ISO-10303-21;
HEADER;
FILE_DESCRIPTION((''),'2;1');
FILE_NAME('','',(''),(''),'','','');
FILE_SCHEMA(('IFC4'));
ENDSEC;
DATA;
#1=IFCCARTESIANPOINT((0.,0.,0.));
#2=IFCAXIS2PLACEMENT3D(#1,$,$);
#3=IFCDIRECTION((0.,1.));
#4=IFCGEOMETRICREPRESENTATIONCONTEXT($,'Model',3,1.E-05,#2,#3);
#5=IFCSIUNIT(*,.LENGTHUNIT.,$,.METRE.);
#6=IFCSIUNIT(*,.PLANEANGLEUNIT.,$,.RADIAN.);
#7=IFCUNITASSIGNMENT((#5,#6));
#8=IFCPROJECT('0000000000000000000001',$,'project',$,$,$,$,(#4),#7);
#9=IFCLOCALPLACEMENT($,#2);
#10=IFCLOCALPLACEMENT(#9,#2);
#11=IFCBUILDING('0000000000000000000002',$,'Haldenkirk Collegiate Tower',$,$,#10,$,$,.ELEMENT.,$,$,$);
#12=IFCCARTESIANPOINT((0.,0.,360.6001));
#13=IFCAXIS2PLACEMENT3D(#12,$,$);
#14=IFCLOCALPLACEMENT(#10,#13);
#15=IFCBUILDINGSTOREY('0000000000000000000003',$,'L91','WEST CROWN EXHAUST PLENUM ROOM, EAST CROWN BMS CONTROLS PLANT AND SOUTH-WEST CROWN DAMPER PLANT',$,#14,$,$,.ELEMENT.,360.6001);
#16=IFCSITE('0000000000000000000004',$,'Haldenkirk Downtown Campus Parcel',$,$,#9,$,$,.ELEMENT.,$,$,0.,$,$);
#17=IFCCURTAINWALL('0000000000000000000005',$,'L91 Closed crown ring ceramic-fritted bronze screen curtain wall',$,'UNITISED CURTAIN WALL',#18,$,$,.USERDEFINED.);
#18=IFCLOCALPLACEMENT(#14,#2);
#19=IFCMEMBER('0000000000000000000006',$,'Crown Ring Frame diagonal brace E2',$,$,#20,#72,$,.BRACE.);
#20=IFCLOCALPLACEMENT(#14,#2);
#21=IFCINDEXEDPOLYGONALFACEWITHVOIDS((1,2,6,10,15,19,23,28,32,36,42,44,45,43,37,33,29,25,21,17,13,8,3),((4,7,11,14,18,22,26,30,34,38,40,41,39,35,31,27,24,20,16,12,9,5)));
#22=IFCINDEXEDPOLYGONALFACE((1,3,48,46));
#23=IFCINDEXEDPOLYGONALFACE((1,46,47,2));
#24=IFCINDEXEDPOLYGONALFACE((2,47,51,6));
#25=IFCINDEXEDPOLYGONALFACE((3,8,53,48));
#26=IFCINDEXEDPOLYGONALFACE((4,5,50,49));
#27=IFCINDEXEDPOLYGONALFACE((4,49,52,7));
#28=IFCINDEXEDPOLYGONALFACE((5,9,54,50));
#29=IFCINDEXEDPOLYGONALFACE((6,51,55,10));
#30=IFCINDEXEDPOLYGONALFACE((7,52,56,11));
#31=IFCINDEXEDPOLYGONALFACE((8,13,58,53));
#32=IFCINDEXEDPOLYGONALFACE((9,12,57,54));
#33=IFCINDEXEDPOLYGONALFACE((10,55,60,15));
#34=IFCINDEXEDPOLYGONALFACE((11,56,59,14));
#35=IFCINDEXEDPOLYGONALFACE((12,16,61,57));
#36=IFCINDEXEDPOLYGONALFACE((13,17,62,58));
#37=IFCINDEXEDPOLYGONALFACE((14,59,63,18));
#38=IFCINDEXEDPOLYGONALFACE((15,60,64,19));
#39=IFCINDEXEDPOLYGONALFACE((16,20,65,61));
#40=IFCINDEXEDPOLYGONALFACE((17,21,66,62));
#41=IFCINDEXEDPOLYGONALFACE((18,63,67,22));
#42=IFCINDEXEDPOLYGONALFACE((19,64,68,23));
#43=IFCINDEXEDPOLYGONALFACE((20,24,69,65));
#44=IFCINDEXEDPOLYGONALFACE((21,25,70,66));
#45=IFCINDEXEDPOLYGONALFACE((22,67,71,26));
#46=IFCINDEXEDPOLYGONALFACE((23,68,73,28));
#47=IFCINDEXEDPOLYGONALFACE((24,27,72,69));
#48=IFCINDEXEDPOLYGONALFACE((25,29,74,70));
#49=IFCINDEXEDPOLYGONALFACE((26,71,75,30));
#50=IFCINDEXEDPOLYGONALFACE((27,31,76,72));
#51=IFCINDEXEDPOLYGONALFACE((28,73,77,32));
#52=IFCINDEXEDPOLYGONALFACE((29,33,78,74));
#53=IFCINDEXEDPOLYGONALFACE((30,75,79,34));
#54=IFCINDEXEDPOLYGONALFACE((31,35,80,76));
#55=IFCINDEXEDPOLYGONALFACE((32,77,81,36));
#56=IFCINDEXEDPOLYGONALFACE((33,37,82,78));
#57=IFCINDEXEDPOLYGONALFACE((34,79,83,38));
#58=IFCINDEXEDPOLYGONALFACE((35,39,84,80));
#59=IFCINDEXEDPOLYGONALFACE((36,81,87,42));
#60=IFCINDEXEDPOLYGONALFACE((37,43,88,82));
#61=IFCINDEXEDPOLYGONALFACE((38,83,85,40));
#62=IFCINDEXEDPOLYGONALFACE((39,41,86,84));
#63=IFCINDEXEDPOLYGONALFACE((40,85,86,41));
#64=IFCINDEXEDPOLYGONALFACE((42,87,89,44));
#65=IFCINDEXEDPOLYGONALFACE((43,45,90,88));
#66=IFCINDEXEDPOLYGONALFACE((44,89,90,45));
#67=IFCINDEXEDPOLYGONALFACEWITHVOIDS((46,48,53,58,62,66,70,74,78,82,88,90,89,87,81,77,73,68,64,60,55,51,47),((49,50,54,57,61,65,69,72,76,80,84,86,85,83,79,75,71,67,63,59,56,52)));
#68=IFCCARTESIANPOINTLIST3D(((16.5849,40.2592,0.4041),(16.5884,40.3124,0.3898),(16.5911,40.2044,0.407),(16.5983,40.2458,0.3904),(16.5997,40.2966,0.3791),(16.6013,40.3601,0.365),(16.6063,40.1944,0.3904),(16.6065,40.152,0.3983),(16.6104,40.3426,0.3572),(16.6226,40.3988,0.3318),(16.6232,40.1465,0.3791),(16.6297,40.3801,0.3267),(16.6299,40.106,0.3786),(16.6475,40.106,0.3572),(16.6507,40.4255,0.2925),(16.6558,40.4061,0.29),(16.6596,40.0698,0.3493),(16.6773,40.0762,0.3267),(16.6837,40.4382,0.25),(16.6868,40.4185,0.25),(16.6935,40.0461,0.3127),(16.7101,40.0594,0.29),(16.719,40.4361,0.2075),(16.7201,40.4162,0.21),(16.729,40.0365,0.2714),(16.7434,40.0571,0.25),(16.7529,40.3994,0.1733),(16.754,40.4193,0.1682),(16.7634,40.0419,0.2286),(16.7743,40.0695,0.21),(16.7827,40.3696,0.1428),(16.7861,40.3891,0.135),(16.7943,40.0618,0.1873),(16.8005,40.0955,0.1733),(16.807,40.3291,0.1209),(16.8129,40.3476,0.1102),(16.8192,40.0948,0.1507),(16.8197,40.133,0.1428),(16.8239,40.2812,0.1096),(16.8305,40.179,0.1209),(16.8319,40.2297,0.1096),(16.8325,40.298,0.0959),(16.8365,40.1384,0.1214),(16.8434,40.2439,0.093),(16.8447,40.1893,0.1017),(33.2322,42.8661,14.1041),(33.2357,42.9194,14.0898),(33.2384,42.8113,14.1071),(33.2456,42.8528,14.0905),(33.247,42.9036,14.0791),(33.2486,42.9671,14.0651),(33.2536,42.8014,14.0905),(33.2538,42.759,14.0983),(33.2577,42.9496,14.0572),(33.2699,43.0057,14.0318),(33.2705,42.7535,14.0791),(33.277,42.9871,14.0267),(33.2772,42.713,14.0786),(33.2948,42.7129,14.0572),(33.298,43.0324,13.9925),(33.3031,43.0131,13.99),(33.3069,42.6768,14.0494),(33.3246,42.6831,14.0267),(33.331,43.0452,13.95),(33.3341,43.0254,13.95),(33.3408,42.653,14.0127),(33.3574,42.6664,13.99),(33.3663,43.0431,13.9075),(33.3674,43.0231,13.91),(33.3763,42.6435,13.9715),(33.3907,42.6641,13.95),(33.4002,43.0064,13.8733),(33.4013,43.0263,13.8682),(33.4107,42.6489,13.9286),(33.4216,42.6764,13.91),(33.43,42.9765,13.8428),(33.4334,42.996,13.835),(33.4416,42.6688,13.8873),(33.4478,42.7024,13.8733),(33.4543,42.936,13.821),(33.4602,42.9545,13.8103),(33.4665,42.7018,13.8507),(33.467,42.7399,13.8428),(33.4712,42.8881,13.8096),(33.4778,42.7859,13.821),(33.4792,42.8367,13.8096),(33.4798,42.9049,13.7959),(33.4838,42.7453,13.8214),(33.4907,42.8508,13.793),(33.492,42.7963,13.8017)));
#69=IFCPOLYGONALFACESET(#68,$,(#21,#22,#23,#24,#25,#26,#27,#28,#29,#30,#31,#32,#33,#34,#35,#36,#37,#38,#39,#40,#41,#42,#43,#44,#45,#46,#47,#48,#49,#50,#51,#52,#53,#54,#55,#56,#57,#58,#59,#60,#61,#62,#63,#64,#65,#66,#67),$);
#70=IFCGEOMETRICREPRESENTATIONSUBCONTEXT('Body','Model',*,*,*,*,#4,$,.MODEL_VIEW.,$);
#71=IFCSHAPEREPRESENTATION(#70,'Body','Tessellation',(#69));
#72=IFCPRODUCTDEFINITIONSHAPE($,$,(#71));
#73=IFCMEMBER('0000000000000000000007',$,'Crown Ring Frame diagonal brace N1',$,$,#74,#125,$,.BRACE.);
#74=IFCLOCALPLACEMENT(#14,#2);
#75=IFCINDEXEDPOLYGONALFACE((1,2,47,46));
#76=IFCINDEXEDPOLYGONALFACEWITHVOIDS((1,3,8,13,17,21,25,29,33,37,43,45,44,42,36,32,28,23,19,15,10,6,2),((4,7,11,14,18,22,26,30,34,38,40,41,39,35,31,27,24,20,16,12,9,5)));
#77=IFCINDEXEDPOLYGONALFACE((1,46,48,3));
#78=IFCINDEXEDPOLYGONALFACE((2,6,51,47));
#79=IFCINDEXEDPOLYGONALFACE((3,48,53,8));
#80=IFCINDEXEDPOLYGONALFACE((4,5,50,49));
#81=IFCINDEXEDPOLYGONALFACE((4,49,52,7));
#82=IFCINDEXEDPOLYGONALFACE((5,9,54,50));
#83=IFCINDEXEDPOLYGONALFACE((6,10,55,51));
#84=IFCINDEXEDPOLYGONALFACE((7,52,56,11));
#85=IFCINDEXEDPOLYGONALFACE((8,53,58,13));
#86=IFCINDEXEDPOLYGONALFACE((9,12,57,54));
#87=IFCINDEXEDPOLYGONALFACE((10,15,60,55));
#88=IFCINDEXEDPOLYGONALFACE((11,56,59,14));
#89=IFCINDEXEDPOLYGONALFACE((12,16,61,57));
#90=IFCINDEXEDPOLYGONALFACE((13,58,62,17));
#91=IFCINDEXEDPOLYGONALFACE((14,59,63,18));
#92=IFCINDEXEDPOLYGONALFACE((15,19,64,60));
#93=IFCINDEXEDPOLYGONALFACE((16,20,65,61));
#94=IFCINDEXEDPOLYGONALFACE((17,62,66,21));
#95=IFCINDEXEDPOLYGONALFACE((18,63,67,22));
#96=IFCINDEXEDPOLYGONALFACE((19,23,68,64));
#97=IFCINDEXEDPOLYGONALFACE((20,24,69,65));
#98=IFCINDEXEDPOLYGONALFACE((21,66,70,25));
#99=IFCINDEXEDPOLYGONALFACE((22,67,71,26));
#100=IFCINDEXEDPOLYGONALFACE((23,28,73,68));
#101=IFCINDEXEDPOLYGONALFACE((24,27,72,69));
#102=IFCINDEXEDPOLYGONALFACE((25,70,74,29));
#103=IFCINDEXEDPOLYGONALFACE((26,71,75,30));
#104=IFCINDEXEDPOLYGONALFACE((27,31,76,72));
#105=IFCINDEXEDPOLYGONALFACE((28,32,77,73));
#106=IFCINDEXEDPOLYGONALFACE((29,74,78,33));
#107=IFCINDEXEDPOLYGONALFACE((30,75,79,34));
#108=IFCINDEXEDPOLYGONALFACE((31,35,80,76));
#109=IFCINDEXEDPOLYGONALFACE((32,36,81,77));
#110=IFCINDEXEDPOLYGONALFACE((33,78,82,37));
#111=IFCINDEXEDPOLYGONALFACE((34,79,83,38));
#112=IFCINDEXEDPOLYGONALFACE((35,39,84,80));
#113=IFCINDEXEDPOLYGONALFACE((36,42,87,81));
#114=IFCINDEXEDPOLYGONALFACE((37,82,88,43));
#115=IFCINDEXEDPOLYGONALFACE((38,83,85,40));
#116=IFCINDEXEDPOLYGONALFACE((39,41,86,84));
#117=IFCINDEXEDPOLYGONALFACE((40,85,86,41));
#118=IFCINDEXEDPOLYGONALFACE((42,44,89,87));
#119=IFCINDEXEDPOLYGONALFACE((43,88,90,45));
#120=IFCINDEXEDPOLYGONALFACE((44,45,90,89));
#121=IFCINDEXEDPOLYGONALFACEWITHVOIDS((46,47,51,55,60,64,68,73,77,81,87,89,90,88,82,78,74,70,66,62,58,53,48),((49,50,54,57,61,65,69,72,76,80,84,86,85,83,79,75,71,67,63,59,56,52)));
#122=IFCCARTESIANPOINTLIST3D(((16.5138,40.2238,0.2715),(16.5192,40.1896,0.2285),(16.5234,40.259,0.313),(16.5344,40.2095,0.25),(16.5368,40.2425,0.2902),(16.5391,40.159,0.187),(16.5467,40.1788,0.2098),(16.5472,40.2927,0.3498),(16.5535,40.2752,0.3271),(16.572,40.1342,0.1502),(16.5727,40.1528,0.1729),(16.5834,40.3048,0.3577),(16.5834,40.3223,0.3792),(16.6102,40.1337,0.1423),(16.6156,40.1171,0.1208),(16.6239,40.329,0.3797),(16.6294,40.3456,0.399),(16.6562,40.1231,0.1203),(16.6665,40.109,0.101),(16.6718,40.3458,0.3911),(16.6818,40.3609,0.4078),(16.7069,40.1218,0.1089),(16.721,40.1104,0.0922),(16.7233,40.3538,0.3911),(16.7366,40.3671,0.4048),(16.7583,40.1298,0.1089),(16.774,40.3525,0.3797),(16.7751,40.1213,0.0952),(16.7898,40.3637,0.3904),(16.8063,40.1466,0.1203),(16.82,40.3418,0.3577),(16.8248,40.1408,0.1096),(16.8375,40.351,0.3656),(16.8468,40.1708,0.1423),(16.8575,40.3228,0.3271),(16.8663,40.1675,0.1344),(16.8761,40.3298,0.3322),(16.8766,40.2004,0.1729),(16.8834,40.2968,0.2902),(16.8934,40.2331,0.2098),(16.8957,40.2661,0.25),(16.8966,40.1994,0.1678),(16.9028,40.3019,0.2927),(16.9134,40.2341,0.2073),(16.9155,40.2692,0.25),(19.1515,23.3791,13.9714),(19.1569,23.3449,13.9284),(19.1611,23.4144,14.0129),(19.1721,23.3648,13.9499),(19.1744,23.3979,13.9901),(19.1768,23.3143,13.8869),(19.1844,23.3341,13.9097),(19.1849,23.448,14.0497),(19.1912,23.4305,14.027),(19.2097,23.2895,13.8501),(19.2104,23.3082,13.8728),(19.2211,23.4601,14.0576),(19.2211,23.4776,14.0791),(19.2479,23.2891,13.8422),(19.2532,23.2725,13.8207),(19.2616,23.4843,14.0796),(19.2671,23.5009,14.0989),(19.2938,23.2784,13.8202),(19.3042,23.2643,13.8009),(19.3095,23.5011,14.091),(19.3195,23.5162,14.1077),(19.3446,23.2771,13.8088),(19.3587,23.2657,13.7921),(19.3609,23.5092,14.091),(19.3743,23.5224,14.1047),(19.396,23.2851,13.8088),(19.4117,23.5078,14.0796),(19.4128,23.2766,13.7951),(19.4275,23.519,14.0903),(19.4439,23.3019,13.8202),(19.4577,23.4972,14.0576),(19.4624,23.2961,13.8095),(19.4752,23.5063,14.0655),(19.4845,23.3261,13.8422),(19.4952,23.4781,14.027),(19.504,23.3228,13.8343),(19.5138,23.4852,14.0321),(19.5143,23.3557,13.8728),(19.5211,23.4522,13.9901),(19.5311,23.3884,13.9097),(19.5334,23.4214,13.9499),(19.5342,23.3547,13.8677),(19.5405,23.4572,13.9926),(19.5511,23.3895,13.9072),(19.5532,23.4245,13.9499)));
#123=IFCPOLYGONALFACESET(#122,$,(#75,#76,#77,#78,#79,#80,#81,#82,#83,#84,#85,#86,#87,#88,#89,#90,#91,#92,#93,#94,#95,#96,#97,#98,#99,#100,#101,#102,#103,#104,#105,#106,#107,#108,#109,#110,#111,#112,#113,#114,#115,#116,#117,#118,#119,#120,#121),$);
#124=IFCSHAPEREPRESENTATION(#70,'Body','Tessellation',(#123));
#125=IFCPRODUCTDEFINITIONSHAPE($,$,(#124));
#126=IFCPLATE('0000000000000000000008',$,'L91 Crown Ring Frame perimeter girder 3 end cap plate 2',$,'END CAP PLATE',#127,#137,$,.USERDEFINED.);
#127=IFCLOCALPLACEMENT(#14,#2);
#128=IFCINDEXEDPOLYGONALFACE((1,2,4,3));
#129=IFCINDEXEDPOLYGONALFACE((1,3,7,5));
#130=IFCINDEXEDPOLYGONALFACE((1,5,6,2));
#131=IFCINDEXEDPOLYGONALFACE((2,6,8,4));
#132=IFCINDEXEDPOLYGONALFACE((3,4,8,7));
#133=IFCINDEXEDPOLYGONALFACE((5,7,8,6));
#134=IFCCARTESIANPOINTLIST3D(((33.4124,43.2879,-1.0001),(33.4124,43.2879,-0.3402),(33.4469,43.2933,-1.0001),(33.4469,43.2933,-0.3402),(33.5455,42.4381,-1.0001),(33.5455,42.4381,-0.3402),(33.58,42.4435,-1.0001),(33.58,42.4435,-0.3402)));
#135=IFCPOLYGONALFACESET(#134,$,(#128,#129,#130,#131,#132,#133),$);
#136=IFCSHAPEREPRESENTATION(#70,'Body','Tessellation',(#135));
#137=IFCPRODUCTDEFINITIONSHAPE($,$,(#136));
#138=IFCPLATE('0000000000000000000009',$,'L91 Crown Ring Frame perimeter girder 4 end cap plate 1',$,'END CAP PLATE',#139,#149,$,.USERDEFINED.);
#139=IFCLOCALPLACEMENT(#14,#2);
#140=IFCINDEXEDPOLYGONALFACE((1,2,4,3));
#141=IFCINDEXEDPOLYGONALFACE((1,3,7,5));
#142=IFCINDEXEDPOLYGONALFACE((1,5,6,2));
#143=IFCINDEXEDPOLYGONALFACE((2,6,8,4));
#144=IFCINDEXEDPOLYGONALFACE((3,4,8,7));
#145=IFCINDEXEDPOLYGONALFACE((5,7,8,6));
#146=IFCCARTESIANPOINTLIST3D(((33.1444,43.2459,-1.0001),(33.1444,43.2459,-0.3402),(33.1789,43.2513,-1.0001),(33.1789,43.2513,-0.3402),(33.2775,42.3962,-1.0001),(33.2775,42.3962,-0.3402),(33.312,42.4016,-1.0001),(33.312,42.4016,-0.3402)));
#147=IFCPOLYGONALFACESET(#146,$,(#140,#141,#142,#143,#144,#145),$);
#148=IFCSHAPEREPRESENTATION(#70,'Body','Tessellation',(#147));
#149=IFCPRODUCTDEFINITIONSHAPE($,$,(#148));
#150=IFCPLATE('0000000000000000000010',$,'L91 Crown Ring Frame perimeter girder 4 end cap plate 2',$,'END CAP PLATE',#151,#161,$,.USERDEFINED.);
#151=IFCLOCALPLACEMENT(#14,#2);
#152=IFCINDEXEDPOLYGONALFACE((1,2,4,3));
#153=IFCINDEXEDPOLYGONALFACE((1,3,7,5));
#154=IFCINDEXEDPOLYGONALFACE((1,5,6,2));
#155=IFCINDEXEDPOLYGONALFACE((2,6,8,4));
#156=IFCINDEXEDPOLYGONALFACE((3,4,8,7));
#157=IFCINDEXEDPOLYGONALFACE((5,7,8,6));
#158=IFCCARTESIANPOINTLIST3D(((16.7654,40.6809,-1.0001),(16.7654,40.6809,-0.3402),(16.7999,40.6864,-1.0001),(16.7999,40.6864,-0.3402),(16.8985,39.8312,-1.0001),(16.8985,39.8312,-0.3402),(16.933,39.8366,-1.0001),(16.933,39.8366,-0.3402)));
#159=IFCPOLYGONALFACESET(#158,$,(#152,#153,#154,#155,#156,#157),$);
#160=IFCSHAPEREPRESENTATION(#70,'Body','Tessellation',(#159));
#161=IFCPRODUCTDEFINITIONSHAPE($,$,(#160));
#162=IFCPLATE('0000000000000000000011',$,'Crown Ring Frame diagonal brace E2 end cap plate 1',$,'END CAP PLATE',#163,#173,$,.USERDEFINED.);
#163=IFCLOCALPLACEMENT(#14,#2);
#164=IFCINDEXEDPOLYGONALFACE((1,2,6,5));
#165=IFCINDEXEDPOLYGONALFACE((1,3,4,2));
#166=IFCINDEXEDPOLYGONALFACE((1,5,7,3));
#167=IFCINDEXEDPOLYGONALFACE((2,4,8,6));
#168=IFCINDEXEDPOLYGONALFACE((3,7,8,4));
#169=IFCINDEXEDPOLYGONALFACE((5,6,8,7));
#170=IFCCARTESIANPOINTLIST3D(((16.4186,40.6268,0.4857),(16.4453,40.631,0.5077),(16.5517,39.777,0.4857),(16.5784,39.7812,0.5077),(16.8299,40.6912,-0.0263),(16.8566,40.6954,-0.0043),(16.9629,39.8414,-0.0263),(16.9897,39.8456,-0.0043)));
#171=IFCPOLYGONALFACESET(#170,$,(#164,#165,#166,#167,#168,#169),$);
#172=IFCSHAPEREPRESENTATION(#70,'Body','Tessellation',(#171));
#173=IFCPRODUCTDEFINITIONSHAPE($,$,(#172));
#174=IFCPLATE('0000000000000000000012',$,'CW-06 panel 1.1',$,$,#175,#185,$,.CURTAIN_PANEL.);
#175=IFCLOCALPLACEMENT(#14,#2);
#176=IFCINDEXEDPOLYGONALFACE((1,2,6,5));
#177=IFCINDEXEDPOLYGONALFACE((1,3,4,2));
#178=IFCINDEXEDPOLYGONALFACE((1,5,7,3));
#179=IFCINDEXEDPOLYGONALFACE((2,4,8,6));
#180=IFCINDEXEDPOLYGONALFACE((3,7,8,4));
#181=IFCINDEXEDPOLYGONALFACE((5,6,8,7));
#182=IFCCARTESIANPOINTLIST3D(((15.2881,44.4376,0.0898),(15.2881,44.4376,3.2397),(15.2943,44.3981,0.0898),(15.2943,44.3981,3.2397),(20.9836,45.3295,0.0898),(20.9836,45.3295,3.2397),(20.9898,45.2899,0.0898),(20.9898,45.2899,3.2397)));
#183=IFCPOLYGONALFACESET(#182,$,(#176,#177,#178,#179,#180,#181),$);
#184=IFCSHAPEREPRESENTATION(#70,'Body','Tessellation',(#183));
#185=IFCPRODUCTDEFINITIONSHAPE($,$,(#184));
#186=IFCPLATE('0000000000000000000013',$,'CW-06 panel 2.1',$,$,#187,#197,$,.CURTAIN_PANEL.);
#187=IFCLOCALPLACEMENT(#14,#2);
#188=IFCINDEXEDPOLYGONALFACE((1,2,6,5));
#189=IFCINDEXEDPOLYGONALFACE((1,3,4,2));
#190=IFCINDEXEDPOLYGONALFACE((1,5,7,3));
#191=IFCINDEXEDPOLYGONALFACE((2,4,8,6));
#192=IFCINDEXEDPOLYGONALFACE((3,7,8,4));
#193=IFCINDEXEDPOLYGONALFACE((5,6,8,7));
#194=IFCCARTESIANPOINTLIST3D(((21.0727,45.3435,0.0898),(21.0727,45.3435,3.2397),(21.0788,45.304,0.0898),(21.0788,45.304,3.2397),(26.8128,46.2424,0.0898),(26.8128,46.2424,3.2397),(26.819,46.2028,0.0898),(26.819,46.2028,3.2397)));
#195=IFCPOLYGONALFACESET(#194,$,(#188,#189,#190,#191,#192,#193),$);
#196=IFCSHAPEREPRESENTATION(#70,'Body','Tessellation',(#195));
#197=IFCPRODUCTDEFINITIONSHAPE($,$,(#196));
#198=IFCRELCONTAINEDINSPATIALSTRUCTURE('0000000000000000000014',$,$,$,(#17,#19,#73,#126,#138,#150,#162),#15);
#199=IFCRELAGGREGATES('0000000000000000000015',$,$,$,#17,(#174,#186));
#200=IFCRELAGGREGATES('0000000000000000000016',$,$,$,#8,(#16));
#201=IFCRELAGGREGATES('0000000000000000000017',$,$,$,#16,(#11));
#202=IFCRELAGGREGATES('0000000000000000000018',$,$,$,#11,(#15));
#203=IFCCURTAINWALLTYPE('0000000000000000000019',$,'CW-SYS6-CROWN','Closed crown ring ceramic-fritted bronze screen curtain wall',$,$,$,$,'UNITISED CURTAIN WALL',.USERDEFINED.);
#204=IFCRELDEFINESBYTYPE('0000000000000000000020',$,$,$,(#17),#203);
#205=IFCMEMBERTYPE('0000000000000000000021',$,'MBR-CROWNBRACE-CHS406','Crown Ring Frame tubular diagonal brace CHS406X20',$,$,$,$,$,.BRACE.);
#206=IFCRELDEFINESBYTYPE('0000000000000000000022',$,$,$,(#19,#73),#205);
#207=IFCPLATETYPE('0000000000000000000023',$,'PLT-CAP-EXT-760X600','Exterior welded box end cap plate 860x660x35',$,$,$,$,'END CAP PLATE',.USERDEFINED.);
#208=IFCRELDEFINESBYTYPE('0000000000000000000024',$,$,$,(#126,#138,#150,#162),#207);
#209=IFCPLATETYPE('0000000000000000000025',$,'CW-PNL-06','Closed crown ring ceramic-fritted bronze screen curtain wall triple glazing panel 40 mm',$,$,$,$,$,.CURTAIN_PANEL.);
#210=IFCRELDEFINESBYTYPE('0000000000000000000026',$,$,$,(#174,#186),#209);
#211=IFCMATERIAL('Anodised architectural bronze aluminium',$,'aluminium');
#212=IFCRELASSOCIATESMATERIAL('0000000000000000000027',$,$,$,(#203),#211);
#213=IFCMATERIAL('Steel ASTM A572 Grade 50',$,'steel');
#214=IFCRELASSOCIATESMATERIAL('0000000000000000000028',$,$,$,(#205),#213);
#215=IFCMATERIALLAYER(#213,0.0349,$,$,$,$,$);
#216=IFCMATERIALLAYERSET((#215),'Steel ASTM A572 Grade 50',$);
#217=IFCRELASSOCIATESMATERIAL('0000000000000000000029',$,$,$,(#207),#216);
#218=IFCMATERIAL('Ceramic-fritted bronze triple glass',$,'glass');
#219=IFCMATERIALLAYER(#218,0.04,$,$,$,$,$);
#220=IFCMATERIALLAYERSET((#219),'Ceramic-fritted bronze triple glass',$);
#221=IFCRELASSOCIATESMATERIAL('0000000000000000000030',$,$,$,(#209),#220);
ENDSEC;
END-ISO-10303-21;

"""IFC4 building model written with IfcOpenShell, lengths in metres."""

from ifc_helpers import new_model, si_unit, direction, frame, origin, origin_2d, place, context, subcontext, project, spatial, rectangle, hollow_circle, extrude, source, transform, mapped, material, layer, layer_set, material_profile, profile_set, type_object, element, aggregate, save


model = new_model("IFC4")

# Units and contexts
model_context = context("Model", 3, precision=1e-05, world=origin(), true_north=direction((0.0, 1.0)))
body_context = subcontext(model_context, "Body", "Model", "MODEL_VIEW")
ifc_project = project(units=[si_unit("LENGTHUNIT", "METRE"), si_unit("PLANEANGLEUNIT", "RADIAN")], contexts=[model_context])

# Site, building, storey
site_placement = place(None, origin())
site = spatial("IfcSite", under=ifc_project, at=site_placement, Name="Haldenkirk Downtown Campus Parcel", CompositionType="ELEMENT", RefElevation=0.0)
building_placement = place(site_placement, origin())
building = spatial("IfcBuilding", under=site, at=building_placement, Name="Haldenkirk Collegiate Tower", CompositionType="ELEMENT")
storey_placement = place(building_placement, frame((0.0, 0.0, 360.6001)))
storey = spatial("IfcBuildingStorey", under=building, at=storey_placement, Name="L91", Description="WEST CROWN EXHAUST PLENUM ROOM, EAST CROWN BMS CONTROLS PLANT AND SOUTH-WEST CROWN DAMPER PLANT", CompositionType="ELEMENT", Elevation=360.6001)

# Shared definitions
ifc_material_1 = material(Name="Steel ASTM A572 Grade 50", Category="steel")

# Curtain wall
ifc_material_2 = material(Name="Anodised architectural bronze aluminium", Category="aluminium")
curtain_wall_type = type_object("IfcCurtainWallType", Name="CW-SYS6-CROWN", Description="Closed crown ring ceramic-fritted bronze screen curtain wall", ElementType="UNITISED CURTAIN WALL", PredefinedType="USERDEFINED", material=ifc_material_2)
curtain_wall_1_placement = place(storey_placement, origin())
curtain_wall_1 = element("IfcCurtainWall", 1, at=curtain_wall_1_placement, inside=storey, type_object=curtain_wall_type, Name="L91 Closed crown ring ceramic-fritted bronze screen curtain wall", ObjectType="UNITISED CURTAIN WALL", PredefinedType="USERDEFINED")

# Members
ifc_material_profile_1 = material_profile(ifc_material_1, hollow_circle(Radius=0.2029, WallThickness=0.02, at=origin_2d()), Name="CHS406X20")
ifc_profile_set_1 = profile_set([ifc_material_profile_1], Name="Steel ASTM A572 Grade 50")
member_type_1 = type_object("IfcMemberType", Name="MBR-CROWNBRACE-CHS406", Description="Crown Ring Frame tubular diagonal brace CHS406X20", PredefinedType="BRACE", material=ifc_profile_set_1)
member_1_placement = place(storey_placement, frame((16.7151, 40.2378, 0.25), z_axis=(0.766563, 0.120043, 0.630849), x_axis=(-0.154713, 0.987959, 0.0)))
element("IfcMember", 2, at=member_1_placement, inside=storey, type_object=member_type_1, Name="Crown Ring Frame diagonal brace E2", PredefinedType="BRACE", context=body_context, shape_type="SweptSolid", body=[
    extrude(hollow_circle(Radius=0.2029, WallThickness=0.02, at=origin_2d()), origin(), (0.0, 0.0, 1.0), 21.7168),
])
member_2_placement = place(storey_placement, frame((16.7151, 40.2378, 0.25), z_axis=(0.120596, -0.770145, 0.626365), x_axis=(0.987961, 0.154704, 0.0)))
element("IfcMember", 3, at=member_2_placement, inside=storey, type_object=member_type_1, Name="Crown Ring Frame diagonal brace N1", PredefinedType="BRACE", context=body_context, shape_type="SweptSolid", body=[
    extrude(hollow_circle(Radius=0.2029, WallThickness=0.02, at=origin_2d()), origin(), (0.0, 0.0, 1.0), 21.8721),
])

# Plates
ifc_layer_1 = layer(ifc_material_1, 0.0349)
ifc_layer_set_1 = layer_set([ifc_layer_1], Name="Steel ASTM A572 Grade 50")
plate_type_1 = type_object("IfcPlateType", Name="PLT-CAP-EXT-760X600", Description="Exterior welded box end cap plate 860x660x35", ElementType="END CAP PLATE", PredefinedType="USERDEFINED", material=ifc_layer_set_1)
shared_shape_1 = source(origin(), body_context, "Body", "SweptSolid", [
    extrude(rectangle(XDim=0.8601, YDim=0.6599, at=origin_2d()), origin(), (0.0, 0.0, 1.0), 0.0349),
])
for number, where, z_axis, x_axis, name in (
    (4, (33.5134, 42.8684, -0.6702), (-0.987959, -0.154713, 0.0), (0.154713, -0.987959, 0.0), "L91 Crown Ring Frame perimeter girder 3 end cap plate 2"),
    (5, (33.2109, 42.821, -0.6702), (0.987959, 0.154713, 0.0), (-0.154713, 0.987959, 0.0), "L91 Crown Ring Frame perimeter girder 4 end cap plate 1"),
    (6, (16.8665, 40.2615, -0.6702), (-0.987959, -0.154713, 0.0), (0.154713, -0.987959, 0.0), "L91 Crown Ring Frame perimeter girder 4 end cap plate 2"),
    (7, (16.7175, 40.2383, 0.2517), (-0.76656, -0.120042, -0.630853), (0.154712, -0.98796, 0.0), "Crown Ring Frame diagonal brace E2 end cap plate 1"),
):
    element("IfcPlate", number, at=place(storey_placement, frame(where, z_axis=z_axis, x_axis=x_axis)), inside=storey, type_object=plate_type_1, Name=name, ObjectType="END CAP PLATE", PredefinedType="USERDEFINED", context=body_context, shape_type="MappedRepresentation", body=[
        mapped(shared_shape_1, transform((0.0, 0.0, 0.0), x_axis=(1.0, 0.0, 0.0), y_axis=(0.0, 1.0, 0.0), z_axis=(0.0, 0.0, 1.0), scale=1.0)),
    ])

# Plates
ifc_material_3 = material(Name="Ceramic-fritted bronze triple glass", Category="glass")
ifc_layer_2 = layer(ifc_material_3, 0.04)
ifc_layer_set_2 = layer_set([ifc_layer_2], Name="Ceramic-fritted bronze triple glass")
plate_type_2 = type_object("IfcPlateType", Name="CW-PNL-06", Description="Closed crown ring ceramic-fritted bronze screen curtain wall triple glazing panel 40 mm", PredefinedType="CURTAIN_PANEL", material=ifc_layer_set_2)
shared_shape_2 = source(origin(), body_context, "Body", "SweptSolid", [
    extrude(rectangle(XDim=5.7649, YDim=0.04, at=origin_2d()), origin(), (0.0, 0.0, 1.0), 3.1499),
])
plate_1_placement = place(storey_placement, frame((18.1389, 44.8638, 0.0898), z_axis=(0.0, 0.0, 1.0), x_axis=(0.98796, 0.154709, 0.0)))
plate_1 = element("IfcPlate", 8, at=plate_1_placement, type_object=plate_type_2, Name="CW-06 panel 1.1", PredefinedType="CURTAIN_PANEL", context=body_context, shape_type="MappedRepresentation", body=[
    mapped(shared_shape_2, transform((0.0, 0.0, 0.0), x_axis=(1.0, 0.0, 0.0), y_axis=(0.0, 1.0, 0.0), z_axis=(0.0, 0.0, 1.0), scale=1.0)),
])
shared_shape_3 = source(origin(), body_context, "Body", "SweptSolid", [
    extrude(rectangle(XDim=5.8101, YDim=0.04, at=origin_2d()), origin(), (0.0, 0.0, 1.0), 3.1499),
])
plate_2_placement = place(storey_placement, frame((23.9458, 45.7732, 0.0898), z_axis=(0.0, 0.0, 1.0), x_axis=(0.98796, 0.154709, 0.0)))
plate_2 = element("IfcPlate", 9, at=plate_2_placement, type_object=plate_type_2, Name="CW-06 panel 2.1", PredefinedType="CURTAIN_PANEL", context=body_context, shape_type="MappedRepresentation", body=[
    mapped(shared_shape_3, transform((0.0, 0.0, 0.0), x_axis=(1.0, 0.0, 0.0), y_axis=(0.0, 1.0, 0.0), z_axis=(0.0, 0.0, 1.0), scale=1.0)),
])
aggregate(curtain_wall_1, [plate_1, plate_2])

save(model, "model.ifc")
